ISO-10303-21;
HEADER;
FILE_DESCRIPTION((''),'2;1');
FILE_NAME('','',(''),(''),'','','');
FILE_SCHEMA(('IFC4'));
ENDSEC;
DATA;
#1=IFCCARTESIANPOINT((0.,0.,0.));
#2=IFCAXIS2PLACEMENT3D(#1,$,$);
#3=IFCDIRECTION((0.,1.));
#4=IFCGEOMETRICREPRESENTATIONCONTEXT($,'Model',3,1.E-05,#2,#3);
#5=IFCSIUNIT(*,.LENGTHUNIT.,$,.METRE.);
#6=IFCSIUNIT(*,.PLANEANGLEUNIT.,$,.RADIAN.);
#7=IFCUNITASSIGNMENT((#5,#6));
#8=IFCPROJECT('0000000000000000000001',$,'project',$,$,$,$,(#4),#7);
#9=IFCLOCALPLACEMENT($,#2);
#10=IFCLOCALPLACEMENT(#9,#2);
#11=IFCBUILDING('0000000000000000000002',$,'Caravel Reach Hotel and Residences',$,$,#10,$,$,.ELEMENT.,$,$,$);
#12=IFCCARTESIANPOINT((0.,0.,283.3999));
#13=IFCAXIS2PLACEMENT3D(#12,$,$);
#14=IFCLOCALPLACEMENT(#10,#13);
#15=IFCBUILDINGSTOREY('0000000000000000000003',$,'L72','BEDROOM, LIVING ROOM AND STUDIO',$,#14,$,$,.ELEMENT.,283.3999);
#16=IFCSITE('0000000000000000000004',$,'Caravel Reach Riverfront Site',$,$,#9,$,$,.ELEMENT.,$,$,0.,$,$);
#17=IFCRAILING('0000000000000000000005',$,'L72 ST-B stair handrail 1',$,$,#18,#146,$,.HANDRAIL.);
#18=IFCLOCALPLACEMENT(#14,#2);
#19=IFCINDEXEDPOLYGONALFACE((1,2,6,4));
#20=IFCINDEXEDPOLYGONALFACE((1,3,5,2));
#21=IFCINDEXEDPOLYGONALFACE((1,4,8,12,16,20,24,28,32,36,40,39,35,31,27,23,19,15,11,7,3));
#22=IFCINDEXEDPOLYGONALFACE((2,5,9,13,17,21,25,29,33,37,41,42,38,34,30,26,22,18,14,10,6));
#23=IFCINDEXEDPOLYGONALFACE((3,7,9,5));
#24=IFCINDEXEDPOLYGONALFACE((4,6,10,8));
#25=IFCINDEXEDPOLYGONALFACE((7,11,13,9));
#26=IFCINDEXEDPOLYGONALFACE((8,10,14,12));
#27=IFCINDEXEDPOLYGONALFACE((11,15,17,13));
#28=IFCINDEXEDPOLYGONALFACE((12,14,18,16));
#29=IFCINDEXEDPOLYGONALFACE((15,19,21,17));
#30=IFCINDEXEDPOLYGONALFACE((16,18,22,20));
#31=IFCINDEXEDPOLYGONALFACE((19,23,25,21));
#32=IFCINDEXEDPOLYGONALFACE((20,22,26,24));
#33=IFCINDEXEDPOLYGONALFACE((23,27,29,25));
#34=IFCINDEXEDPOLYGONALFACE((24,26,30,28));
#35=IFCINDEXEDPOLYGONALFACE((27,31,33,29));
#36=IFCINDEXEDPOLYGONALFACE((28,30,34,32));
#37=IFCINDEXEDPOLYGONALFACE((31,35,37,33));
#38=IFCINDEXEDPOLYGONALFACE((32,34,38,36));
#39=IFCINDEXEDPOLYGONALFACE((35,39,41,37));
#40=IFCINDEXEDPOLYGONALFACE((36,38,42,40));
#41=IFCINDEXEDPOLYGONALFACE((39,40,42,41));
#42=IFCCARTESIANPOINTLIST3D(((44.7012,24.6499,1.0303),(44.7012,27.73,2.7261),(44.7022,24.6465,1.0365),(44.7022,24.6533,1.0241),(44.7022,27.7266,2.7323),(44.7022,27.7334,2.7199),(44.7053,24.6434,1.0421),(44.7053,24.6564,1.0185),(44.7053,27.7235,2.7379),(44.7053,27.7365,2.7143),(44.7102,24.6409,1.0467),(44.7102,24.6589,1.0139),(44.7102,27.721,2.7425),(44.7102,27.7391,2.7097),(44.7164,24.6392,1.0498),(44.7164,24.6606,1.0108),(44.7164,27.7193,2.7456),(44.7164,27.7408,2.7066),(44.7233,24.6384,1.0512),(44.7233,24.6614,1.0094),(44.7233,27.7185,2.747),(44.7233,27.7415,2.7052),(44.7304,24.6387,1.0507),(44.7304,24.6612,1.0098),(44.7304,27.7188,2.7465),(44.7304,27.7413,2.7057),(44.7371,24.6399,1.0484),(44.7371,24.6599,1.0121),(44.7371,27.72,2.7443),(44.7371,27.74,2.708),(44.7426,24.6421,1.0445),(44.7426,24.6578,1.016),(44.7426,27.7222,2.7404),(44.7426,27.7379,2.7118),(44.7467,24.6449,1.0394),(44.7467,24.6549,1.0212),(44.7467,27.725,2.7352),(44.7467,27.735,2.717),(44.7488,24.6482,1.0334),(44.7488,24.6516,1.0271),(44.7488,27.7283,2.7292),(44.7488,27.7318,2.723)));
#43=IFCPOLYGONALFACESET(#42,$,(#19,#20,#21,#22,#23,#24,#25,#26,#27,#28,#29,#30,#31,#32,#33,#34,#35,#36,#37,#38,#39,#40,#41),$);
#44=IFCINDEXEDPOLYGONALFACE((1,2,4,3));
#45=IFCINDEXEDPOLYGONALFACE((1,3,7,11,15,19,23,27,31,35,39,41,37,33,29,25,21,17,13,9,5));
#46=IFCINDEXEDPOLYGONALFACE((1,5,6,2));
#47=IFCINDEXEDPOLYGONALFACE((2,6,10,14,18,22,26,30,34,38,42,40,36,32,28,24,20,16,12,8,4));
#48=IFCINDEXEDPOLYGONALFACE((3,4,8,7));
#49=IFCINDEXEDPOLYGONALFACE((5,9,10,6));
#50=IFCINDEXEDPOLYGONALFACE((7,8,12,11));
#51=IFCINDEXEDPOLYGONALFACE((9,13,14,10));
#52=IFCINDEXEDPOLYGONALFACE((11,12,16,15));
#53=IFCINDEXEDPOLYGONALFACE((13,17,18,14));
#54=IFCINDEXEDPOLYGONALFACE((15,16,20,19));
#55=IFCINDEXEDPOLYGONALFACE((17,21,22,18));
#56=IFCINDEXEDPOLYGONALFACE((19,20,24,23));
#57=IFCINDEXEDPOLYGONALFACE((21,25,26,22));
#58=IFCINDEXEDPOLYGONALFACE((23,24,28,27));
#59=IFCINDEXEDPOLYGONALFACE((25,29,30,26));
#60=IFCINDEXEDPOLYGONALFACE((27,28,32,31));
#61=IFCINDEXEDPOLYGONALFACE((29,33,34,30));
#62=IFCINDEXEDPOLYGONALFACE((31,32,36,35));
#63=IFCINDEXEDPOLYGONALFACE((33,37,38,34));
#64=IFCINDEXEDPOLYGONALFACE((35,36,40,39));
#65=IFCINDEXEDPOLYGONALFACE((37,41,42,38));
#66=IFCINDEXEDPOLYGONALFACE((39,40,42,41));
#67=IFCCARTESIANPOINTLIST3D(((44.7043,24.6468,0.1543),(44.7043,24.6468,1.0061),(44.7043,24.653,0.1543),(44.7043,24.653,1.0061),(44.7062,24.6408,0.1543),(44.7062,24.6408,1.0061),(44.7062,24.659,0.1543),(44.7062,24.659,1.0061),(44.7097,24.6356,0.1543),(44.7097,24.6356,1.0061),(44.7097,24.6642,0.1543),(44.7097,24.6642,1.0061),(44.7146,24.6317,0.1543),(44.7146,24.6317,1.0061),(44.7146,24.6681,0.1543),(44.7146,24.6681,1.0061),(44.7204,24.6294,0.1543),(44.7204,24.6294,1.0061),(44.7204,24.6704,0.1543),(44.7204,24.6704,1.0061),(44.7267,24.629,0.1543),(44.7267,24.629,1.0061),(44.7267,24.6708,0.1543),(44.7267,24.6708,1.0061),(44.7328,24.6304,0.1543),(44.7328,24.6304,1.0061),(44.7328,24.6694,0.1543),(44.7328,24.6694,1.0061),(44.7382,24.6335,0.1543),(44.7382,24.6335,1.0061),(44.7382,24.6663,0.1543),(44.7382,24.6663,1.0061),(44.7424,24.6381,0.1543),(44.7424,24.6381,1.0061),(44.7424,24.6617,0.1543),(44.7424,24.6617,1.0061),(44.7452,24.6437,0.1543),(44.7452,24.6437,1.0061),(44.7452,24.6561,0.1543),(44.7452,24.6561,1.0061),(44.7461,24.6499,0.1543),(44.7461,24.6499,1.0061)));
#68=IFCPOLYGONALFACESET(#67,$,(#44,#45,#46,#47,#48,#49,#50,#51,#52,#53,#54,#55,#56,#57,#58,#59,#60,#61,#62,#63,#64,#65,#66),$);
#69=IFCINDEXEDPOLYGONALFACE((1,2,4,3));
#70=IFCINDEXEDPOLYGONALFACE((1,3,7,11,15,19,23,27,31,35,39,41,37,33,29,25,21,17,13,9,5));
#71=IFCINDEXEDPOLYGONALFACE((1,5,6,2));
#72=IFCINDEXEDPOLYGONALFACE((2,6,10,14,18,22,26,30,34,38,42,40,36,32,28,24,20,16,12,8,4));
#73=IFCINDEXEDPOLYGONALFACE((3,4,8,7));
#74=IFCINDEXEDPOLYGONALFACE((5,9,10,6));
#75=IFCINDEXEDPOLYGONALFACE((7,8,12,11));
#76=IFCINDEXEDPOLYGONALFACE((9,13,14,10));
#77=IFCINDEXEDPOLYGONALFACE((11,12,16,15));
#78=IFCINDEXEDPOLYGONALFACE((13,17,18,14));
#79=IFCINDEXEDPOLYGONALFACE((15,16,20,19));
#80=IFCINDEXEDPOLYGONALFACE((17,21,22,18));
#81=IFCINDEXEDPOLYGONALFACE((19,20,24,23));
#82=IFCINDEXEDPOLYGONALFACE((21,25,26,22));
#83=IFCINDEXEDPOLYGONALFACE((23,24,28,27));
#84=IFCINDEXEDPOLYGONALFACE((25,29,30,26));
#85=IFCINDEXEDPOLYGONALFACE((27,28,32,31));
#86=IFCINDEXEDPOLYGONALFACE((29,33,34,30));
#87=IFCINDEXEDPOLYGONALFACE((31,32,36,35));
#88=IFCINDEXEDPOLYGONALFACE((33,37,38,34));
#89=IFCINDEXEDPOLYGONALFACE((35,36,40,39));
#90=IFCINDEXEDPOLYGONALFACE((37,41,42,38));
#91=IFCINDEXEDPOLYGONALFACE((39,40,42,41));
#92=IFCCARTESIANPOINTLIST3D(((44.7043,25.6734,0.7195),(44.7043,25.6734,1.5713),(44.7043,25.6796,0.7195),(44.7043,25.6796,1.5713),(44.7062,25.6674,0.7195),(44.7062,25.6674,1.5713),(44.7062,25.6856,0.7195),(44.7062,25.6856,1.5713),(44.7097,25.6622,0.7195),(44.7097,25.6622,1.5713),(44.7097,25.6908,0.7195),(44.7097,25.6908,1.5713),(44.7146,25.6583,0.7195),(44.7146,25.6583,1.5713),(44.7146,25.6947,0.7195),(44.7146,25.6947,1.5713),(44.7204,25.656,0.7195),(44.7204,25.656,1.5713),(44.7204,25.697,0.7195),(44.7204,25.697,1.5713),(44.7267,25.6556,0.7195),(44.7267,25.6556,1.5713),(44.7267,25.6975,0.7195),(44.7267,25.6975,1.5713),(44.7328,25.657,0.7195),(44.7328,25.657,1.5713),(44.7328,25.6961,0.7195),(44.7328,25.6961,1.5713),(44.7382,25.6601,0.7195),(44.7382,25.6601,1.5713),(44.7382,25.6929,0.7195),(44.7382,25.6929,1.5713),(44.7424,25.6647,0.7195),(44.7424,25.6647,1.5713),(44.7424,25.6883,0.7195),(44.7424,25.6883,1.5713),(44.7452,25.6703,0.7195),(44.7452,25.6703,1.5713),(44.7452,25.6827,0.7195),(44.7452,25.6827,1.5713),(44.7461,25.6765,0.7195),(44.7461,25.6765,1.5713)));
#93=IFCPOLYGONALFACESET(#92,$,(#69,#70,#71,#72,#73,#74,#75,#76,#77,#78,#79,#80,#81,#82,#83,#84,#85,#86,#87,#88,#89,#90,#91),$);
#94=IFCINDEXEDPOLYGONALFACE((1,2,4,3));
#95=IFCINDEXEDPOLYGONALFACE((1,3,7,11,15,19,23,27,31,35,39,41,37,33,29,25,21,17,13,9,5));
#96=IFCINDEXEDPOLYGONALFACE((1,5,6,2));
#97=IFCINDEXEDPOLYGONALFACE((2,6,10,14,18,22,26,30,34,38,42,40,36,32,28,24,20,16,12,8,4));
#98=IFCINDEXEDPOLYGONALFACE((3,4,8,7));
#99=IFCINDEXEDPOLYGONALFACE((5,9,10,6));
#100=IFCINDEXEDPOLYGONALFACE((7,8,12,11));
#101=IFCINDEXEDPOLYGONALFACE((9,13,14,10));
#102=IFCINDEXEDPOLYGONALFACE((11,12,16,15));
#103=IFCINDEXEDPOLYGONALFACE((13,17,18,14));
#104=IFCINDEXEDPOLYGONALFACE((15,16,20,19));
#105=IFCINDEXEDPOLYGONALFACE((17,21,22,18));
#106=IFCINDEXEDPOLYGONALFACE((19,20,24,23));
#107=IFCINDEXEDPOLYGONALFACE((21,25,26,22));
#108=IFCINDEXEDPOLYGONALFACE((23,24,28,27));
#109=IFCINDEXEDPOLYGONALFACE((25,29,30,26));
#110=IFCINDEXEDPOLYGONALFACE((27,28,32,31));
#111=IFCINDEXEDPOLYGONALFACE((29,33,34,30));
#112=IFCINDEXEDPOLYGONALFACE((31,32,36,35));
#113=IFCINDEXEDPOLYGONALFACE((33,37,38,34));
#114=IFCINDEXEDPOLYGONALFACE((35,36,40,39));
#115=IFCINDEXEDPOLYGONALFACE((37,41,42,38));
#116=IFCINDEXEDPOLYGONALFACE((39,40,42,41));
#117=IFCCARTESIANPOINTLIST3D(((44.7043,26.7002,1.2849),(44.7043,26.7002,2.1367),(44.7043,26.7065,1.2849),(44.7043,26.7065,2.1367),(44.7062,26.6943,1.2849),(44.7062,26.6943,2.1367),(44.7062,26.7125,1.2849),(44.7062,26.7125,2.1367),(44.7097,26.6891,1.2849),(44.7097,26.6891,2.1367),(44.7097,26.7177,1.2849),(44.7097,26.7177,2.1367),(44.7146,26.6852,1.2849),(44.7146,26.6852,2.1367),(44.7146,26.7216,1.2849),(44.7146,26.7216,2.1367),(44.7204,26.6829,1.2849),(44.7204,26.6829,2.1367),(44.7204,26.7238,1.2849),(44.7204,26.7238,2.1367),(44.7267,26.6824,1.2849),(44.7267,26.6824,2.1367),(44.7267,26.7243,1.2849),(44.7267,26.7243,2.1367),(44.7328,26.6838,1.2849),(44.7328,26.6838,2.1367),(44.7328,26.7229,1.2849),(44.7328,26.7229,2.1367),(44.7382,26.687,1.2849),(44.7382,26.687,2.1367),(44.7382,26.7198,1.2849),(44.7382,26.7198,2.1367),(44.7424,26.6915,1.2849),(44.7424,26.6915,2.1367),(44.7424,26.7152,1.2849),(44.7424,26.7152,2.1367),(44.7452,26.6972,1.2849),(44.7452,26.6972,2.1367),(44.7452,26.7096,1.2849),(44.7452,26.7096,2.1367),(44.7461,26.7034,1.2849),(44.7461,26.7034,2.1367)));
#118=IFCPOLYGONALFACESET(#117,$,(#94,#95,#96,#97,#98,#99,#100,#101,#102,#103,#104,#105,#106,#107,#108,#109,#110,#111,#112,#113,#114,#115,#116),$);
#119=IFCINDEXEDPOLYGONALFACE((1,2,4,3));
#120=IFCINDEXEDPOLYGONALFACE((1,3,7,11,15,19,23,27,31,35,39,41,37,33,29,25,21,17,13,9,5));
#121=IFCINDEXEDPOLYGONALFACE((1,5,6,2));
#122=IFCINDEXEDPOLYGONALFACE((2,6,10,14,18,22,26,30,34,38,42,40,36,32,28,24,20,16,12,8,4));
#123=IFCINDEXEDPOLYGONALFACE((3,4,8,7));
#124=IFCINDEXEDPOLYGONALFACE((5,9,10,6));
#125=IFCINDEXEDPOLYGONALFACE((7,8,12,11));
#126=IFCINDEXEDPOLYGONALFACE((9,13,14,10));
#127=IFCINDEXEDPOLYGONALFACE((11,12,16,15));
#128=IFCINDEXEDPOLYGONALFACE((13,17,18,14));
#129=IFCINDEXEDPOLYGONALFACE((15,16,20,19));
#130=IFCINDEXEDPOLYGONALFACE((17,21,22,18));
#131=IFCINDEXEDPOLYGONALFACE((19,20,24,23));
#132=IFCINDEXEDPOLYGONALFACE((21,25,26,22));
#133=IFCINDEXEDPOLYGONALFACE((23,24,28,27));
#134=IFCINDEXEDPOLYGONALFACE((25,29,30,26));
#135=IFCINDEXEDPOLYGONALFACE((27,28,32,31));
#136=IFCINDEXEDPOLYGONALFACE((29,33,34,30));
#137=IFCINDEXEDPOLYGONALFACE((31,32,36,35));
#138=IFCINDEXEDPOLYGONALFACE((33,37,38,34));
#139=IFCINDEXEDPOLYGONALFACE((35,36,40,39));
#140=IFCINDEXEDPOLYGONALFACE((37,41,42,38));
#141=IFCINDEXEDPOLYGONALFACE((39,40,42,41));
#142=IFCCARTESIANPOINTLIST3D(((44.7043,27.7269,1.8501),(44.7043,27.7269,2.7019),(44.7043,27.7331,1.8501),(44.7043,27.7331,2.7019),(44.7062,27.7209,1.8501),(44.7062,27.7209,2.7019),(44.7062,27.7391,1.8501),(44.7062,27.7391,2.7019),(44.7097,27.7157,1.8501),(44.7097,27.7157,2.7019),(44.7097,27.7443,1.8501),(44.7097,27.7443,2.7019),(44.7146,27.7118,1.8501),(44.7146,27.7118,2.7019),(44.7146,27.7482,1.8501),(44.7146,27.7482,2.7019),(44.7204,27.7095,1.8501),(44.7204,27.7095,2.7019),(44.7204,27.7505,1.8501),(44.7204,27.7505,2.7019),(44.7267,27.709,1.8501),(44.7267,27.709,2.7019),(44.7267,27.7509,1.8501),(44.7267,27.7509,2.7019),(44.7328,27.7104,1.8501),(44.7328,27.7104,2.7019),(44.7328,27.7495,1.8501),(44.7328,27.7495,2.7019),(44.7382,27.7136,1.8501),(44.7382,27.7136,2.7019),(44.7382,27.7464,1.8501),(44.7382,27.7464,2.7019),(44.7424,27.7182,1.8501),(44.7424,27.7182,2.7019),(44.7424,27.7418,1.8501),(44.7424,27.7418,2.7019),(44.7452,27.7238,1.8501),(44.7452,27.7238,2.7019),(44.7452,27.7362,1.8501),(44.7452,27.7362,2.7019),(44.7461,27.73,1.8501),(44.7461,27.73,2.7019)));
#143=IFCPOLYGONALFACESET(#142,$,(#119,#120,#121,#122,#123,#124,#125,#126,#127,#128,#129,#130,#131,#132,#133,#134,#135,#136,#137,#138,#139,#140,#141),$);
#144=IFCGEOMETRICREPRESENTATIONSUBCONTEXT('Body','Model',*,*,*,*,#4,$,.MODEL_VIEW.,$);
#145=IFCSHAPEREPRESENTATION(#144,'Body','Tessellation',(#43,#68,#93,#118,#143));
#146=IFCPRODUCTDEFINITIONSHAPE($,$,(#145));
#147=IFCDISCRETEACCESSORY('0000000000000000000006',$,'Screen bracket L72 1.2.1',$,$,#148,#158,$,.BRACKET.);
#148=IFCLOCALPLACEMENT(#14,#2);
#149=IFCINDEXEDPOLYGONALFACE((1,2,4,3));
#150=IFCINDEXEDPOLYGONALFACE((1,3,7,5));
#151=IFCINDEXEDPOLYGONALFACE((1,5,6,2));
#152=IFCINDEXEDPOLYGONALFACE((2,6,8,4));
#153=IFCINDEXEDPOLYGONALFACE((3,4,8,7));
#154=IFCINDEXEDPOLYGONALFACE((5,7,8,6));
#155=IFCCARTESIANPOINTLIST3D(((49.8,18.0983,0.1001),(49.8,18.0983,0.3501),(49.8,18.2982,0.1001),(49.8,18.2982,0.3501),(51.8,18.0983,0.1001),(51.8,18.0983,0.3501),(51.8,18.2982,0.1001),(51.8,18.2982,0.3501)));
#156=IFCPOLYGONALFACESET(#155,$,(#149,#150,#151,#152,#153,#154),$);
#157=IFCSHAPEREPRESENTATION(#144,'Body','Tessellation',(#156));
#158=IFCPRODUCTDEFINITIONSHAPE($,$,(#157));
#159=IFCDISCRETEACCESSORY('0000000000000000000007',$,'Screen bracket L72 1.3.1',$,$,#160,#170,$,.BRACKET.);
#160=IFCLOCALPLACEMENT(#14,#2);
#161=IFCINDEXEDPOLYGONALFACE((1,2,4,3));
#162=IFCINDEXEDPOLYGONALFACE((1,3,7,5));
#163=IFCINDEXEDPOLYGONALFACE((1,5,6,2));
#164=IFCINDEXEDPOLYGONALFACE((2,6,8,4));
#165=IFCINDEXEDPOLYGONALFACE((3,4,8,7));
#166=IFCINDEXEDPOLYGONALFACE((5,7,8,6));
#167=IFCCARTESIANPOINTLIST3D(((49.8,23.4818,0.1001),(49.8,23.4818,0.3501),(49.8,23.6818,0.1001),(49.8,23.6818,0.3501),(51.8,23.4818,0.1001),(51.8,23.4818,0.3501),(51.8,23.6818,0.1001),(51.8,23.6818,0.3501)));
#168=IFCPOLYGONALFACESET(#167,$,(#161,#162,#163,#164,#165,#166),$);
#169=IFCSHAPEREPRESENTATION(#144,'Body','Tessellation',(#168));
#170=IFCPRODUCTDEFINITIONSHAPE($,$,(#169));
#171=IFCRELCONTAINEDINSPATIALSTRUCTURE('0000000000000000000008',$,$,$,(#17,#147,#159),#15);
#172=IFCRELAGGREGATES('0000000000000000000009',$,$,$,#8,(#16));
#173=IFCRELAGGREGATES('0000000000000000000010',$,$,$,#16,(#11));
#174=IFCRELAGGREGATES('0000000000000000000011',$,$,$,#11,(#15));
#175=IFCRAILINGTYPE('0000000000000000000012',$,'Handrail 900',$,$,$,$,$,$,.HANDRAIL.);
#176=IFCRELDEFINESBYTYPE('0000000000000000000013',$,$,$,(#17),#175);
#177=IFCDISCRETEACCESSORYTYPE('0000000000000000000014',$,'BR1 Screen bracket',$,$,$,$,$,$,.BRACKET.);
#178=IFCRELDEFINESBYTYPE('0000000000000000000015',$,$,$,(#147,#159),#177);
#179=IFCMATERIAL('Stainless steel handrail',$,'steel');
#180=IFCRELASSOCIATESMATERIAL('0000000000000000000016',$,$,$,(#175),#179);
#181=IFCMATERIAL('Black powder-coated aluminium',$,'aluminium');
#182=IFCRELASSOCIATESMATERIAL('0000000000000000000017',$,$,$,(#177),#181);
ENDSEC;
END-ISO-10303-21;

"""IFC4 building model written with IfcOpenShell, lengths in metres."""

from ifc_helpers import new_model, si_unit, direction, frame, origin, origin_2d, place, context, subcontext, project, spatial, rectangle, circle, extrude, material, type_object, element, save


model = new_model("IFC4")

# Units and contexts
model_context = context("Model", 3, precision=1e-05, world=origin(), true_north=direction((0.0, 1.0)))
body_context = subcontext(model_context, "Body", "Model", "MODEL_VIEW")
ifc_project = project(units=[si_unit("LENGTHUNIT", "METRE"), si_unit("PLANEANGLEUNIT", "RADIAN")], contexts=[model_context])

# Site, building, storey
site_placement = place(None, origin())
site = spatial("IfcSite", under=ifc_project, at=site_placement, Name="Caravel Reach Riverfront Site", CompositionType="ELEMENT", RefElevation=0.0)
building_placement = place(site_placement, origin())
building = spatial("IfcBuilding", under=site, at=building_placement, Name="Caravel Reach Hotel and Residences", CompositionType="ELEMENT")
storey_placement = place(building_placement, frame((0.0, 0.0, 283.3999)))
storey = spatial("IfcBuildingStorey", under=building, at=storey_placement, Name="L72", Description="BEDROOM, LIVING ROOM AND STUDIO", CompositionType="ELEMENT", Elevation=283.3999)

# Railing
ifc_material_1 = material(Name="Stainless steel handrail", Category="steel")
railing_type_1 = type_object("IfcRailingType", Name="Handrail 900", PredefinedType="HANDRAIL", material=ifc_material_1)
railing_1_placement = place(storey_placement, frame((44.7251, 24.6499, 0.1543)))
element("IfcRailing", 1, at=railing_1_placement, inside=storey, type_object=railing_type_1, Name="L72 ST-B stair handrail 1", PredefinedType="HANDRAIL", context=body_context, shape_type="SweptSolid", body=[
    extrude(circle(Radius=0.0239, at=origin_2d()), frame((0.0, 0.0, 0.876), z_axis=(0.0, 0.876005, 0.482303), x_axis=(-1.0, 0.0, 0.0)), (0.0, 0.0, 1.0), 3.5161),
    extrude(circle(Radius=0.021, at=origin_2d()), origin(), (0.0, 0.0, 1.0), 0.8518),
    extrude(circle(Radius=0.021, at=origin_2d()), frame((0.0, 1.0266, 0.5652)), (0.0, 0.0, 1.0), 0.8518),
    extrude(circle(Radius=0.021, at=origin_2d()), frame((0.0, 2.0535, 1.1306)), (0.0, 0.0, 1.0), 0.8518),
    extrude(circle(Radius=0.021, at=origin_2d()), frame((0.0, 3.0801, 1.6958)), (0.0, 0.0, 1.0), 0.8518),
])

# Discrete accessories
ifc_material_2 = material(Name="Black powder-coated aluminium", Category="aluminium")
discrete_accessory_type = type_object("IfcDiscreteAccessoryType", Name="BR1 Screen bracket", PredefinedType="BRACKET", material=ifc_material_2)
for number, where, z_axis, x_axis, name in (
    (2, (50.8, 18.1982, 0.1001), (0.0, 0.0, 1.0), (1.0, 0.0, 0.0), "Screen bracket L72 1.2.1"),
    (3, (50.8, 23.5818, 0.1001), (0.0, 0.0, 1.0), (1.0, 0.0, 0.0), "Screen bracket L72 1.3.1"),
):
    element("IfcDiscreteAccessory", number, at=place(storey_placement, frame(where, z_axis=z_axis, x_axis=x_axis)), inside=storey, type_object=discrete_accessory_type, Name=name, PredefinedType="BRACKET", context=body_context, shape_type="SweptSolid", body=[
        extrude(rectangle(XDim=2.0, YDim=0.2, at=origin_2d()), origin(), (0.0, 0.0, 1.0), 0.25),
    ])

save(model, "model.ifc")
